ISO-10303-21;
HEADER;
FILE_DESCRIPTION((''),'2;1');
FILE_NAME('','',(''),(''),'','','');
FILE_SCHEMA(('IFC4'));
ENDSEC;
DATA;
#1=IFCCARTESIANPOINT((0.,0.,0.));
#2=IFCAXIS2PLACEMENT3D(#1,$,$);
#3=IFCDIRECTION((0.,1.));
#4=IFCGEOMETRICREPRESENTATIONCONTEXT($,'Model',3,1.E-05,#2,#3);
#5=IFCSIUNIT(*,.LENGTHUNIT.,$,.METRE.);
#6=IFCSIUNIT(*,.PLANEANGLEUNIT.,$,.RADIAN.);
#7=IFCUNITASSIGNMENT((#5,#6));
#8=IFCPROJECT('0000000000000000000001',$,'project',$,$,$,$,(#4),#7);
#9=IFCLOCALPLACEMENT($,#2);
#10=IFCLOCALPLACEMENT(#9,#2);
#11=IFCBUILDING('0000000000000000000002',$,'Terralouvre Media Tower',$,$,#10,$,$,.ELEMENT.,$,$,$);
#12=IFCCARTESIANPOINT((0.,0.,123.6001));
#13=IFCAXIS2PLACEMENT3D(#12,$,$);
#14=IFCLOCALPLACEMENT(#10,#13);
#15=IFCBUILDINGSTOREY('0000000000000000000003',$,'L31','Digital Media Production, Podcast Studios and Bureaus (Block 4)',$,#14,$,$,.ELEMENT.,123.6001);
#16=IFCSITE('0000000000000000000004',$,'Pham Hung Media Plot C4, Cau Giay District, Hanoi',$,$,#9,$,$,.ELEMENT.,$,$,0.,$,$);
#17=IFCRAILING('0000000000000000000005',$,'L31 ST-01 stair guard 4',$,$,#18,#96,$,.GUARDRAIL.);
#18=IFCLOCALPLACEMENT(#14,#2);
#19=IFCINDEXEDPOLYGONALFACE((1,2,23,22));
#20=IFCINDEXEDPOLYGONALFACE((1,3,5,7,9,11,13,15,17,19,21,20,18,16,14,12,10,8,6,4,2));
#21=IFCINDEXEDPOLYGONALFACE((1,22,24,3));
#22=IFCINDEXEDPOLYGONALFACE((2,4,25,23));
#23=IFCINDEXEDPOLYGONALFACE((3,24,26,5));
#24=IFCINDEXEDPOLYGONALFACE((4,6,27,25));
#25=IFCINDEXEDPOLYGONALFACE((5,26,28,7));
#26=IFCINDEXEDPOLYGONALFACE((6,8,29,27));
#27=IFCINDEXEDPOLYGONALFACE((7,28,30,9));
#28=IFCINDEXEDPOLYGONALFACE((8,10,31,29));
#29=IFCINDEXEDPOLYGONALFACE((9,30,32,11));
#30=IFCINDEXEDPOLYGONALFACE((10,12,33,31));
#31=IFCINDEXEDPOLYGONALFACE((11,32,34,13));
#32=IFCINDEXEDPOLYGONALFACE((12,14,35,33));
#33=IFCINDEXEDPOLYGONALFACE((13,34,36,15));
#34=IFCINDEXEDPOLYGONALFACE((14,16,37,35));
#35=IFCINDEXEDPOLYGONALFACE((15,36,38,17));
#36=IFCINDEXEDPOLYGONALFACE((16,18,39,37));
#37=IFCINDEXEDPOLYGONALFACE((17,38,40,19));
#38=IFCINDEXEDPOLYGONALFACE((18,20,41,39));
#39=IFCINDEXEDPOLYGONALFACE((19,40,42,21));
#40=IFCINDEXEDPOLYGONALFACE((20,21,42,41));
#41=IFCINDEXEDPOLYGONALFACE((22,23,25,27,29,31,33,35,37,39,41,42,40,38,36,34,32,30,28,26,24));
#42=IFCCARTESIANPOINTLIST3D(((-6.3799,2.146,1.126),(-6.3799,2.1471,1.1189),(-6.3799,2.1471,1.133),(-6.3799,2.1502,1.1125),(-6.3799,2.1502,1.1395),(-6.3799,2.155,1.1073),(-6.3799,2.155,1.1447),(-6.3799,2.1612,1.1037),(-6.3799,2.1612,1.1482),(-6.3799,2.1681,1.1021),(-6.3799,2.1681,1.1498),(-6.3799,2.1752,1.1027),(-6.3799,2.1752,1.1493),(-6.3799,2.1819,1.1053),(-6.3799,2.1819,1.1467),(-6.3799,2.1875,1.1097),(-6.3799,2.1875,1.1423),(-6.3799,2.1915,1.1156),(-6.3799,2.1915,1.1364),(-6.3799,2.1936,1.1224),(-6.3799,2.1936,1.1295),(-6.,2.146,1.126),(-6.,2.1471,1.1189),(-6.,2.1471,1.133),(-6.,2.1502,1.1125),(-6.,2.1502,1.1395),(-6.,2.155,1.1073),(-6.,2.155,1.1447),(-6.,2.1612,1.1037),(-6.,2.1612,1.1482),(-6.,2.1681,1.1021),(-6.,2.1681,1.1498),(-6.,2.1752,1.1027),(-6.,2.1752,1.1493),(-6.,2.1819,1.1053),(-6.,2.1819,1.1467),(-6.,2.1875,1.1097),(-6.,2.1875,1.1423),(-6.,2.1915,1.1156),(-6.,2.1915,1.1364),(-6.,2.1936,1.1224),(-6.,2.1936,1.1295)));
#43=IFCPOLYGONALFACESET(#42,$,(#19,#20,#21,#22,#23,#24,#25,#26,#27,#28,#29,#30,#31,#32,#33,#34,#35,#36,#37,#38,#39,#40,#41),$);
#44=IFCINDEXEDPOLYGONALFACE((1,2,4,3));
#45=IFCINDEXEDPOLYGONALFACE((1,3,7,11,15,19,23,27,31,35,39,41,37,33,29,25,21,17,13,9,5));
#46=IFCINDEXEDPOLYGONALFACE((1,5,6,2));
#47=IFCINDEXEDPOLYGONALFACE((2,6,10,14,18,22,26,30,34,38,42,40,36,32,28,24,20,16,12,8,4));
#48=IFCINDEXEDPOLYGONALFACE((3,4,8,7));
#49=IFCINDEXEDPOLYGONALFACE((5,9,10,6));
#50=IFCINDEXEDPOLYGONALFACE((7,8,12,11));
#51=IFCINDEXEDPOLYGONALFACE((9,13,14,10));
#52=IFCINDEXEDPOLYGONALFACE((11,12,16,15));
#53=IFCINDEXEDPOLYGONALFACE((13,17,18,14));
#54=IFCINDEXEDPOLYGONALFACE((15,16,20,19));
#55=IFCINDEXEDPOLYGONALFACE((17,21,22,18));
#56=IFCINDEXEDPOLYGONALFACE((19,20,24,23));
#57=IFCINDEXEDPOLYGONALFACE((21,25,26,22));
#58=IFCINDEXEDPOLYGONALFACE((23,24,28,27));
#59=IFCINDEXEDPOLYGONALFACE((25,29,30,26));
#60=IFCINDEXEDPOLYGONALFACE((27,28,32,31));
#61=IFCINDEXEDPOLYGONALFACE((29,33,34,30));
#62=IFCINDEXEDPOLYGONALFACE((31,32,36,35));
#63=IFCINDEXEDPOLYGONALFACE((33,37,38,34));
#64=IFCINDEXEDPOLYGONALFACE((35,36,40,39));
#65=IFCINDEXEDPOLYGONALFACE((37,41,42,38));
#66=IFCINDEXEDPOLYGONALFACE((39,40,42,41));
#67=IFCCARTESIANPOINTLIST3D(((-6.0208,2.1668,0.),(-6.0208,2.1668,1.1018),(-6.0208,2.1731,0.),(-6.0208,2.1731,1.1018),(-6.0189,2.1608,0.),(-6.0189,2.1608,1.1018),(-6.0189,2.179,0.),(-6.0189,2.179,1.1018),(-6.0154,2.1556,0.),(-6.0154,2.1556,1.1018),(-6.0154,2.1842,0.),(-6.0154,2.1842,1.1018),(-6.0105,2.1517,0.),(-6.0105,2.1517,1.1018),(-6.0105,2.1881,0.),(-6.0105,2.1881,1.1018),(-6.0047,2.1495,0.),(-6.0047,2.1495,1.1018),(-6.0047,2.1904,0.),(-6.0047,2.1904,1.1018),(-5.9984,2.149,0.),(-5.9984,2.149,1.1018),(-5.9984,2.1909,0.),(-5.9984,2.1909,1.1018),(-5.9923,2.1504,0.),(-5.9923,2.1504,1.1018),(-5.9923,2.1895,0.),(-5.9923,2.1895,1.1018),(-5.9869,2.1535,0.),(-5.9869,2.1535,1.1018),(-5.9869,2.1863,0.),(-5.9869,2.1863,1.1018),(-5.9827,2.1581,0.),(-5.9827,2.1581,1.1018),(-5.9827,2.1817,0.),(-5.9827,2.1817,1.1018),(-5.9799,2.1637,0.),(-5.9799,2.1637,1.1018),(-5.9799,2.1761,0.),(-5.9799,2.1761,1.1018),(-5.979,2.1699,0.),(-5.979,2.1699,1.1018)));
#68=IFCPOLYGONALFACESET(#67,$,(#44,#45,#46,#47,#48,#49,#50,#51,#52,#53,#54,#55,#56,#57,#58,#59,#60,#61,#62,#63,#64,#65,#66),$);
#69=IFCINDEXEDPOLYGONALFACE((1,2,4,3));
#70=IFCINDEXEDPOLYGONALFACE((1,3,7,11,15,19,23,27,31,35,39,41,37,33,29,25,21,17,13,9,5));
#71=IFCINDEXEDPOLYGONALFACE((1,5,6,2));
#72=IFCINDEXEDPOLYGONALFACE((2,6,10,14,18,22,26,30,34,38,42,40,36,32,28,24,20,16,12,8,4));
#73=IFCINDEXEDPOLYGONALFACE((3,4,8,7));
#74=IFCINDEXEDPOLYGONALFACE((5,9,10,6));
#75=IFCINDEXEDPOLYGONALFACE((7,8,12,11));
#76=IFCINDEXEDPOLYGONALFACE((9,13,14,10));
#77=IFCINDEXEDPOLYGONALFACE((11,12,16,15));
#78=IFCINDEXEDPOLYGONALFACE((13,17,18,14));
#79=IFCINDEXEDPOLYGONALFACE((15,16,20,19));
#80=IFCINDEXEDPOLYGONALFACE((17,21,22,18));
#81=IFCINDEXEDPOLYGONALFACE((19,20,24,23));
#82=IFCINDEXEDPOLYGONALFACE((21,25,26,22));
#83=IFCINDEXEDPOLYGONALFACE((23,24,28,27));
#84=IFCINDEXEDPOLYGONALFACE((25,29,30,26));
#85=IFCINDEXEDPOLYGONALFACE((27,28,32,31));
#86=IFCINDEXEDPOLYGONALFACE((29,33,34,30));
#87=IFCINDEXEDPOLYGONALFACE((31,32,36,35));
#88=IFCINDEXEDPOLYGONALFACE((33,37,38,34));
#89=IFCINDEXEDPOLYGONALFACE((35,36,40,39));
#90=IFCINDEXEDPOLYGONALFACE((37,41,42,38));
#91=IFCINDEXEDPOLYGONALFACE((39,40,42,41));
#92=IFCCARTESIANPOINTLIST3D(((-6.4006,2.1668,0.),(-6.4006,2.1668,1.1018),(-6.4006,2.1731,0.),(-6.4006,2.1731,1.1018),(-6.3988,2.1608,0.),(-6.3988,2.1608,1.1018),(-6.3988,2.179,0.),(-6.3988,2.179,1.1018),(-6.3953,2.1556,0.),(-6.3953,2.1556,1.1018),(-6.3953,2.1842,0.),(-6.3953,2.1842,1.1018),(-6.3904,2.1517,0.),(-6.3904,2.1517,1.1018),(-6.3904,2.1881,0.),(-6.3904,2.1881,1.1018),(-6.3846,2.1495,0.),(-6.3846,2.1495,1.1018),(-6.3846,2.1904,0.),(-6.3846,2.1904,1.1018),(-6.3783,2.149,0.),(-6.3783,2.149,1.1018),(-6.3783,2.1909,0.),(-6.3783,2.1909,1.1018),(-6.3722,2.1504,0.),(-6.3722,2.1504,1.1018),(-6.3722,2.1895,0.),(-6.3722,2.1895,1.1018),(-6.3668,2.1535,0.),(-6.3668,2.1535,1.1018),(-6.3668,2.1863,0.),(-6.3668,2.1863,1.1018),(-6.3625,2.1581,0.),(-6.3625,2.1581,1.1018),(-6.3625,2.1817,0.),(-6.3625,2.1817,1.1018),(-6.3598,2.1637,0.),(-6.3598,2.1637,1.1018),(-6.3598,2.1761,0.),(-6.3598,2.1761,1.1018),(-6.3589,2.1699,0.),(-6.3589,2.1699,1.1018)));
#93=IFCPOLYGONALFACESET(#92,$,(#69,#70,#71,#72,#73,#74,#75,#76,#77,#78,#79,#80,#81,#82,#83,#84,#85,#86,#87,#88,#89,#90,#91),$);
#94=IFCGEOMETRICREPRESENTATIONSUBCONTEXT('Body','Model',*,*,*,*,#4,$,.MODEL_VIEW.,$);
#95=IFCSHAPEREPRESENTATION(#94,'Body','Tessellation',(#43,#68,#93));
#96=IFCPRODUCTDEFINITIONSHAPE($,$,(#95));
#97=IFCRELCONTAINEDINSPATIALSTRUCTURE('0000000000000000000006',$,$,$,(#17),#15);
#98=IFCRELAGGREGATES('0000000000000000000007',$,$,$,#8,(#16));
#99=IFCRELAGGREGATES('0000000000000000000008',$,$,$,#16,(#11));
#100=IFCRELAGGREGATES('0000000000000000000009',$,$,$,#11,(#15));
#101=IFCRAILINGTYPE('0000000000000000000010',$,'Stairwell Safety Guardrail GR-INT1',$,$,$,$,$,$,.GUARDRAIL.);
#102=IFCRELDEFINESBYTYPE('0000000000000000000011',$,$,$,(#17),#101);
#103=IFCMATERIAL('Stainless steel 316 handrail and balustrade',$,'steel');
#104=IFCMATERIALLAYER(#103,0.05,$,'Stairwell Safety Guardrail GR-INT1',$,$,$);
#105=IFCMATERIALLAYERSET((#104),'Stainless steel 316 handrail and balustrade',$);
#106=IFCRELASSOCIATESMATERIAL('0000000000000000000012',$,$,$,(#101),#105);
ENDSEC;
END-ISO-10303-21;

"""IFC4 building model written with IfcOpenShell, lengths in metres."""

from ifc_helpers import new_model, si_unit, direction, frame, origin, origin_2d, place, context, subcontext, project, spatial, circle, extrude, material, layer, layer_set, type_object, element, save


model = new_model("IFC4")

# Units and contexts
model_context = context("Model", 3, precision=1e-05, world=origin(), true_north=direction((0.0, 1.0)))
body_context = subcontext(model_context, "Body", "Model", "MODEL_VIEW")
ifc_project = project(units=[si_unit("LENGTHUNIT", "METRE"), si_unit("PLANEANGLEUNIT", "RADIAN")], contexts=[model_context])

# Site, building, storey
site_placement = place(None, origin())
site = spatial("IfcSite", under=ifc_project, at=site_placement, Name="Pham Hung Media Plot C4, Cau Giay District, Hanoi", CompositionType="ELEMENT", RefElevation=0.0)
building_placement = place(site_placement, origin())
building = spatial("IfcBuilding", under=site, at=building_placement, Name="Terralouvre Media Tower", CompositionType="ELEMENT")
storey_placement = place(building_placement, frame((0.0, 0.0, 123.6001)))
storey = spatial("IfcBuildingStorey", under=building, at=storey_placement, Name="L31", Description="Digital Media Production, Podcast Studios and Bureaus (Block 4)", CompositionType="ELEMENT", Elevation=123.6001)

# Railing
ifc_material_1 = material(Name="Stainless steel 316 handrail and balustrade", Category="steel")
ifc_layer_1 = layer(ifc_material_1, 0.05, Name="Stairwell Safety Guardrail GR-INT1")
ifc_layer_set_1 = layer_set([ifc_layer_1], Name="Stainless steel 316 handrail and balustrade")
railing_type_1 = type_object("IfcRailingType", Name="Stairwell Safety Guardrail GR-INT1", PredefinedType="GUARDRAIL", material=ifc_layer_set_1)
railing_1_placement = place(storey_placement, frame((-6.0, 2.1699, 0.0)))
element("IfcRailing", 1, at=railing_1_placement, inside=storey, type_object=railing_type_1, Name="L31 ST-01 stair guard 4", PredefinedType="GUARDRAIL", context=body_context, shape_type="SweptSolid", body=[
    extrude(circle(Radius=0.0239, at=origin_2d()), frame((0.0, 0.0, 1.126), z_axis=(-1.0, 0.0, 0.0), x_axis=(0.0, -1.0, 0.0)), (0.0, 0.0, 1.0), 0.3799),
    extrude(circle(Radius=0.021, at=origin_2d()), origin(), (0.0, 0.0, 1.0), 1.1018),
    extrude(circle(Radius=0.021, at=origin_2d()), frame((-0.3799, 0.0, 0.0)), (0.0, 0.0, 1.0), 1.1018),
])

save(model, "model.ifc")
